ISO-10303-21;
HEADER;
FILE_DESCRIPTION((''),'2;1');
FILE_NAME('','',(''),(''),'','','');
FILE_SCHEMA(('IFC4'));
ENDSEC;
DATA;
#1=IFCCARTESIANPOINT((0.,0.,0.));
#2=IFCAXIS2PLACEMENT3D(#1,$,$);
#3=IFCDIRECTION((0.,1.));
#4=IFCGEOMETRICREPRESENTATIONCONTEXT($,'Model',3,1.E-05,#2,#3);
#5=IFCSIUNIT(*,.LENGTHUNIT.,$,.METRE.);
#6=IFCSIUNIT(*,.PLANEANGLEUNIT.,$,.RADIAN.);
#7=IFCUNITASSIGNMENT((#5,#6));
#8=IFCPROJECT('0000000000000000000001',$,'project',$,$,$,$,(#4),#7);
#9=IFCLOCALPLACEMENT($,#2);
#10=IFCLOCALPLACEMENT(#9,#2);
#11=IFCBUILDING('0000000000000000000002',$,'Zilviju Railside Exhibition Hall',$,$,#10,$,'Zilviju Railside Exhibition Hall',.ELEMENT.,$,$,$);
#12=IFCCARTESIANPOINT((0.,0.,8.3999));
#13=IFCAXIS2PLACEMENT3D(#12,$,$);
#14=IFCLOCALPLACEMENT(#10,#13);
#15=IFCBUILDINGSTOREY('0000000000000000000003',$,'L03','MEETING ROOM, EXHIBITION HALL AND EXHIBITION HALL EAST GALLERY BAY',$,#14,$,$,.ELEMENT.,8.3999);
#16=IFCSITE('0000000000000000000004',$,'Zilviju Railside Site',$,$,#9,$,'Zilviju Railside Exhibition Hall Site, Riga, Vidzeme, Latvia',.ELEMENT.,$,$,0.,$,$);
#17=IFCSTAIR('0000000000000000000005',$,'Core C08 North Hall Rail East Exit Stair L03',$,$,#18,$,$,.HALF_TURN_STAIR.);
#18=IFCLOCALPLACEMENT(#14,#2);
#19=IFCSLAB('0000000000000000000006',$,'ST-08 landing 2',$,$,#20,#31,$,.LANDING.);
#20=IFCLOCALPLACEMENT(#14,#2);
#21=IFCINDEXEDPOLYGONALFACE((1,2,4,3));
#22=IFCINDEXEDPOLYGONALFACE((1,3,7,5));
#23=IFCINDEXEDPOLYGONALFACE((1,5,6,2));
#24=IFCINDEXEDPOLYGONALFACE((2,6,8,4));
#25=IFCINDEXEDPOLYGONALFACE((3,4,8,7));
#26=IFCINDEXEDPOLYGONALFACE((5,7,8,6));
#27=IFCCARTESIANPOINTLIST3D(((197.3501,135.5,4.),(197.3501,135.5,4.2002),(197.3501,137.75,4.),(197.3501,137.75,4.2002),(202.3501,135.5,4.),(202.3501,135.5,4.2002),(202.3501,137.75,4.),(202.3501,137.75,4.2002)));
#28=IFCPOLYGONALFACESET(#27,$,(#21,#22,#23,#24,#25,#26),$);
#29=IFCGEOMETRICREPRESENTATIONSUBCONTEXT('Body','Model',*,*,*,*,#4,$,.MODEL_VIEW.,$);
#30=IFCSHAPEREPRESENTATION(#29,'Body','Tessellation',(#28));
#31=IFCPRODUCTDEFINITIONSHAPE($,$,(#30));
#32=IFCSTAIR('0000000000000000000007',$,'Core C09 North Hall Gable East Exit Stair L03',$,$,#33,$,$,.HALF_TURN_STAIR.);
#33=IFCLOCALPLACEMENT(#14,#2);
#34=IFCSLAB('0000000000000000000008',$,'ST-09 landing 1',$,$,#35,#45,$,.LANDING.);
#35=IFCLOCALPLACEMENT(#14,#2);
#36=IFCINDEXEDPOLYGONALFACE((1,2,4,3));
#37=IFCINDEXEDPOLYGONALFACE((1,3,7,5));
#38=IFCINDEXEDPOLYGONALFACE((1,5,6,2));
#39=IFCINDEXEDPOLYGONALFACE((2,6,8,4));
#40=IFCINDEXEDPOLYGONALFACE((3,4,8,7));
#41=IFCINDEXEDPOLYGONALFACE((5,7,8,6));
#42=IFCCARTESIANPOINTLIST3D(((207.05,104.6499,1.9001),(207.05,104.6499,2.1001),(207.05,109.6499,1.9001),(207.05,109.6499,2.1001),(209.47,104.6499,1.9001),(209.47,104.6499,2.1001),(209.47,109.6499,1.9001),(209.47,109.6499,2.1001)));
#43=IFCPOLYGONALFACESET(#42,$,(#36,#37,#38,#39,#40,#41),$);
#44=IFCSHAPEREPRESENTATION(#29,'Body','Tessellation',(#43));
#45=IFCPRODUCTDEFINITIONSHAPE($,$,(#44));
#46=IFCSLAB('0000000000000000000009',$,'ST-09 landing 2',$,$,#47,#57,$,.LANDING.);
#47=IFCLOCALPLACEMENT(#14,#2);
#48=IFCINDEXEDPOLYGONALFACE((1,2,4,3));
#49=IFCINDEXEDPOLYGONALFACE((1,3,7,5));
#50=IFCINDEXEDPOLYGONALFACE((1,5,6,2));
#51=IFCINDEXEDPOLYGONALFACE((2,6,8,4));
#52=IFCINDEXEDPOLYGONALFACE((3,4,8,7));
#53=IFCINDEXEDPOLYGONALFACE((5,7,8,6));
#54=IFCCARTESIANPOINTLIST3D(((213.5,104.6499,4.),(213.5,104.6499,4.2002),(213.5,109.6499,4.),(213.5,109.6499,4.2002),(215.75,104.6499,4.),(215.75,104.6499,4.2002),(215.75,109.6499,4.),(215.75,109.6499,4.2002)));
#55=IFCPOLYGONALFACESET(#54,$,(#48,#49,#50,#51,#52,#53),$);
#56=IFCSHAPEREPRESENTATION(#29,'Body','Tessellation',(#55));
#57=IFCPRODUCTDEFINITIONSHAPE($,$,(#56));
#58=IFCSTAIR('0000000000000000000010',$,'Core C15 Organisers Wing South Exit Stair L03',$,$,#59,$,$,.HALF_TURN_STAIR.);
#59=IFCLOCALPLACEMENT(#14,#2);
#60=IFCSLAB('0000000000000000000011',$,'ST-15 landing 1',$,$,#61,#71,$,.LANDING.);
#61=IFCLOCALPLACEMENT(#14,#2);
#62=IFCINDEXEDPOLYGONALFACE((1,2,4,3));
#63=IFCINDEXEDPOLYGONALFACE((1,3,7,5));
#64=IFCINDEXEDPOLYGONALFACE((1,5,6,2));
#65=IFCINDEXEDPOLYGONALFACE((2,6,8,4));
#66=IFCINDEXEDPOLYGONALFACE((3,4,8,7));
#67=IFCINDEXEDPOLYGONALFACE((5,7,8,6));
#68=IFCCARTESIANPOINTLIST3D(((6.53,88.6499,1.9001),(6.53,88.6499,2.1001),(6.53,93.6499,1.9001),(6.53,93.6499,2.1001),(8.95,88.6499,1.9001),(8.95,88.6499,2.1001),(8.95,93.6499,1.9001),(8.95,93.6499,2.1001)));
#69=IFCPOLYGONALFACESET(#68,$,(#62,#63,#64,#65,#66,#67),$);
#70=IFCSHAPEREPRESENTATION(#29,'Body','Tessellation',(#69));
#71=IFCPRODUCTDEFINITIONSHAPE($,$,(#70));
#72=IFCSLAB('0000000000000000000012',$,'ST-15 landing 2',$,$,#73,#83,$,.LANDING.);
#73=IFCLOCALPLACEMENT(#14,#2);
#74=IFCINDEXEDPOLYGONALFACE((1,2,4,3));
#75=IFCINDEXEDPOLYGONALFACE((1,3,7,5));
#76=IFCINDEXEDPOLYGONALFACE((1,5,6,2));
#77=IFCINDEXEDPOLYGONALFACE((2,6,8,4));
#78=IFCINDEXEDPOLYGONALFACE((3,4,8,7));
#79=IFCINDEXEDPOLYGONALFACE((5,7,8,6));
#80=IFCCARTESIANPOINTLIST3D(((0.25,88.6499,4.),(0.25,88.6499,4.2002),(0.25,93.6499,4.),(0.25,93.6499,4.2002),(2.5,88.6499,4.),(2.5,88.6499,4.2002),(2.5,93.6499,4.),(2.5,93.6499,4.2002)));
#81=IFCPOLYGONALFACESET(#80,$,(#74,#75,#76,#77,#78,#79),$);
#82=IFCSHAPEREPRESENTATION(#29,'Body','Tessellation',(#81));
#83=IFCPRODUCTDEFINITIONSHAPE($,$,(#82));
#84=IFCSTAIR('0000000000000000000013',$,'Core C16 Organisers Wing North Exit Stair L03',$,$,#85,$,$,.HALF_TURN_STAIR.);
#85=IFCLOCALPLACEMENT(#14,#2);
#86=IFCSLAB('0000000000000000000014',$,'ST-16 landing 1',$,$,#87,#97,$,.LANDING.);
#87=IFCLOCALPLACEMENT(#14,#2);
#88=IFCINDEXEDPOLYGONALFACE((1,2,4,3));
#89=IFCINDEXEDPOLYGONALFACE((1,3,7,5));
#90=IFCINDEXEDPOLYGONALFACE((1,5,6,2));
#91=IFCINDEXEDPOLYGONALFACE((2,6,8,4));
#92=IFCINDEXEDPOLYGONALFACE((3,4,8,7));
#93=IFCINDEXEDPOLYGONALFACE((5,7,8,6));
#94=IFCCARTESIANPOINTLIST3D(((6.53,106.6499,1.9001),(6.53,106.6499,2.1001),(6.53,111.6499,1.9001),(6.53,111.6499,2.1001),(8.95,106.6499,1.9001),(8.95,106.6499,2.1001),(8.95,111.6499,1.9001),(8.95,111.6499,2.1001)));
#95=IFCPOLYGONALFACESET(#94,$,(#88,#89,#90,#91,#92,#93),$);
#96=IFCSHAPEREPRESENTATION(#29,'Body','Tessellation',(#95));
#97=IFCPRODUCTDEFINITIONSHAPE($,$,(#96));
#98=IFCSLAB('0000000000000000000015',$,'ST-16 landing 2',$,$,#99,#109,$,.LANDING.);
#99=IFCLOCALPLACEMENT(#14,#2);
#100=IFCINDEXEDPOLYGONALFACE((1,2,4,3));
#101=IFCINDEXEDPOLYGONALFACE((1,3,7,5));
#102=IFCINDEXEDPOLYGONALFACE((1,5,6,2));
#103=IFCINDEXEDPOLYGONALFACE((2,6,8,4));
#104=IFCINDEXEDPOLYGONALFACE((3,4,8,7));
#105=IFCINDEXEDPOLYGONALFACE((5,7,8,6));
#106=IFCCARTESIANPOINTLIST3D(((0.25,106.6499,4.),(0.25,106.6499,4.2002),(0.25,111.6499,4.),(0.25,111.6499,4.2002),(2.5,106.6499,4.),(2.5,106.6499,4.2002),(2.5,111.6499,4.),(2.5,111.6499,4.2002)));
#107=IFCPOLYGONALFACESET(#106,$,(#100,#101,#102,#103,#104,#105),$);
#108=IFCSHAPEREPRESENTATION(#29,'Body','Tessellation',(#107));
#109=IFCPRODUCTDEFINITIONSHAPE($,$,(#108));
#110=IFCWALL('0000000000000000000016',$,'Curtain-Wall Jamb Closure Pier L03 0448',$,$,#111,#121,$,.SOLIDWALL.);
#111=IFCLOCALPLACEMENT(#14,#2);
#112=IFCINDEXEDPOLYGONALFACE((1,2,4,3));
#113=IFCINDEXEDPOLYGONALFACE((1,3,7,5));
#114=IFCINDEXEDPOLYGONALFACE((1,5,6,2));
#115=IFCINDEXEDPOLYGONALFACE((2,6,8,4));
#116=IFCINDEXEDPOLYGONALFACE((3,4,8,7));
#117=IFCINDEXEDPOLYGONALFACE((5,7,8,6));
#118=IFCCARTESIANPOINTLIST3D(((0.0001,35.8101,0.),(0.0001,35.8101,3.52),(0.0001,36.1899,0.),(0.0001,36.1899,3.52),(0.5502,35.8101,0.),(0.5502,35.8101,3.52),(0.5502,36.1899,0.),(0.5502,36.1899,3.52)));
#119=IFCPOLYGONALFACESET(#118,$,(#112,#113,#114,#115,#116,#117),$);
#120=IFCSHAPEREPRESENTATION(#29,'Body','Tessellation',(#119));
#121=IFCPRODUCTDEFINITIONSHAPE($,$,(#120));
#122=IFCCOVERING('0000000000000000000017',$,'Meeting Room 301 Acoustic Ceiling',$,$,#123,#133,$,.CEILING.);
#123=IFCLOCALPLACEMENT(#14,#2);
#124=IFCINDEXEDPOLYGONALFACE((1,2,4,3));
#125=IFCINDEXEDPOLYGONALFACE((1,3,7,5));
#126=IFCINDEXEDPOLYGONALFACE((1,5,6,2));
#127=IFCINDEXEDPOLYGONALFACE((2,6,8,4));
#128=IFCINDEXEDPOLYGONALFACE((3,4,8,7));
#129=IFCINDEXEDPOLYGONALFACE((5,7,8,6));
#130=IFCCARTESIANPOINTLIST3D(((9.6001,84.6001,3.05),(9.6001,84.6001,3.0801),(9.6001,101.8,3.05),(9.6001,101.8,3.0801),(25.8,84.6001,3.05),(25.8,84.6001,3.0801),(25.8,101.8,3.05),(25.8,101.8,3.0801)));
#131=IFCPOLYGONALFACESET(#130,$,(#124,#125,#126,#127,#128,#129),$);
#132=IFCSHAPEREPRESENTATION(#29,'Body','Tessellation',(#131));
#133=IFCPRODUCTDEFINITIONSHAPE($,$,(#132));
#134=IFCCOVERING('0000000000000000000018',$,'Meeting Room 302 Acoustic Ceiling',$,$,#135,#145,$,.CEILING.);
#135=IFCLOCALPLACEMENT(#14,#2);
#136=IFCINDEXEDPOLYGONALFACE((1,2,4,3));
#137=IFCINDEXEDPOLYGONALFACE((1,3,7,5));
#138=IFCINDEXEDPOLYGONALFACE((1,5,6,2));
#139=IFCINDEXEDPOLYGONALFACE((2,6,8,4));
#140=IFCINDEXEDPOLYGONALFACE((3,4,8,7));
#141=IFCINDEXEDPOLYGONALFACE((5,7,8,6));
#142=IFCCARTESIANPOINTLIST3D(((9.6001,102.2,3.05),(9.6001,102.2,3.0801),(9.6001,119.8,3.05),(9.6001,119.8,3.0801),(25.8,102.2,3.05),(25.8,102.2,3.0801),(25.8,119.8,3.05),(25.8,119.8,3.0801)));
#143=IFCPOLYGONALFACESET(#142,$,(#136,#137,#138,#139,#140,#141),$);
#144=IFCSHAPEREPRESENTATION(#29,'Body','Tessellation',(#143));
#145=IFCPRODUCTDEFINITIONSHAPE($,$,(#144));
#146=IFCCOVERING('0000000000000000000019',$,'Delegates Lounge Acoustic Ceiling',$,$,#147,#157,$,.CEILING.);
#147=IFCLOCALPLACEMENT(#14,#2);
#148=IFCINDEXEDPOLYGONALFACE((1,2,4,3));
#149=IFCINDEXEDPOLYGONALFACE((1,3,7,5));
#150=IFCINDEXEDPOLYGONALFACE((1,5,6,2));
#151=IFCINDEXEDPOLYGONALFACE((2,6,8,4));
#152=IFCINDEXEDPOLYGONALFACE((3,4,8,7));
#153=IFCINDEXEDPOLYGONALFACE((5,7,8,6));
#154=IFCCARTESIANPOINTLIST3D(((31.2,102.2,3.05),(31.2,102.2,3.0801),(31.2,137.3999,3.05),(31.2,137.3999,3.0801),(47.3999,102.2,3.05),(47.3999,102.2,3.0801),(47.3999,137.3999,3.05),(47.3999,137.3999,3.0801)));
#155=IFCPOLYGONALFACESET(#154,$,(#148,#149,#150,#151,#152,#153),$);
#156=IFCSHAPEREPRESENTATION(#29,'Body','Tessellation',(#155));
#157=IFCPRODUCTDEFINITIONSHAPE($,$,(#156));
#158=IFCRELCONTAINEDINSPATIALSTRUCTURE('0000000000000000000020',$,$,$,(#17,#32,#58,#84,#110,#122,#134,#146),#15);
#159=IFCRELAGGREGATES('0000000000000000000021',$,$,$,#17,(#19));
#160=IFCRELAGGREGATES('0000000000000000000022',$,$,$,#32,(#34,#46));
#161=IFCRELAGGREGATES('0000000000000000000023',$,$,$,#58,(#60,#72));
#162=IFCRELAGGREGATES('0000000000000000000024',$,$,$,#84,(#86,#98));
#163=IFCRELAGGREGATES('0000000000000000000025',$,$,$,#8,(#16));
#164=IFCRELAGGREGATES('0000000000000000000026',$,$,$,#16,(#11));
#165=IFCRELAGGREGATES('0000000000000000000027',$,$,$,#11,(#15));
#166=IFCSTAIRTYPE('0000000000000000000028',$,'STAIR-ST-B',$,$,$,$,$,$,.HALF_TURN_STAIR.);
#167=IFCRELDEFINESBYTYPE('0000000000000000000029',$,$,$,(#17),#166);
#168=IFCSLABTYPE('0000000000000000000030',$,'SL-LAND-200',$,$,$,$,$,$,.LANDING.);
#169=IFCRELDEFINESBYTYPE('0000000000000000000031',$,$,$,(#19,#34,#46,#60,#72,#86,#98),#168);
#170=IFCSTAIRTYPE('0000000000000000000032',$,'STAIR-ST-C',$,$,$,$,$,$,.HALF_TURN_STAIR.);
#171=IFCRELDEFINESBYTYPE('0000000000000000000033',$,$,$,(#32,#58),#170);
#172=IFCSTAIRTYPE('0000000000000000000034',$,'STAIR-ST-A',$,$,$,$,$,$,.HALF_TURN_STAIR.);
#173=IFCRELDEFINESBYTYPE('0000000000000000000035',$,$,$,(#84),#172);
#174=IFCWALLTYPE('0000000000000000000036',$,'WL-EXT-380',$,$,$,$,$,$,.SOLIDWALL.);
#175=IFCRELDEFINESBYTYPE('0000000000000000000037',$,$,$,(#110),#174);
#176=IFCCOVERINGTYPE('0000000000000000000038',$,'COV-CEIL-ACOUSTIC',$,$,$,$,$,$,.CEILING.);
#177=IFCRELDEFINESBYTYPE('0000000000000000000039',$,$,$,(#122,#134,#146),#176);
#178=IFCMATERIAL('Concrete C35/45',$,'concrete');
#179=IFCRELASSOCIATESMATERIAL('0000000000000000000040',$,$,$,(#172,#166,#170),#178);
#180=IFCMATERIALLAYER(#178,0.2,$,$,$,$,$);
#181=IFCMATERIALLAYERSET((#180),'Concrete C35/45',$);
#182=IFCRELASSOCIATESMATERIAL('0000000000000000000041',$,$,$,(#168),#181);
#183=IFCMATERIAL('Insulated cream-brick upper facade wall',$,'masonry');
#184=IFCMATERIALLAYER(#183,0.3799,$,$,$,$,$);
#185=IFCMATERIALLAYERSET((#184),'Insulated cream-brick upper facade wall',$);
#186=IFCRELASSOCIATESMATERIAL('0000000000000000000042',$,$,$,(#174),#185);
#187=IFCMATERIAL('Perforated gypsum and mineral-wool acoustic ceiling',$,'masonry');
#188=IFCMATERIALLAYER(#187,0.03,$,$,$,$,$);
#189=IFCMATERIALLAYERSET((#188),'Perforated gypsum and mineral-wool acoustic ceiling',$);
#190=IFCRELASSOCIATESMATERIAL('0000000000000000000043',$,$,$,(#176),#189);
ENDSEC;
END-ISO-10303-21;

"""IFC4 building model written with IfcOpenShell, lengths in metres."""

from ifc_helpers import new_model, si_unit, direction, frame, frame_2d, origin, place, context, subcontext, project, spatial, polyline, rectangle, outline, extrude, material, layer, layer_set, type_object, element, aggregate, save


model = new_model("IFC4")

# Units and contexts
model_context = context("Model", 3, precision=1e-05, world=origin(), true_north=direction((0.0, 1.0)))
body_context = subcontext(model_context, "Body", "Model", "MODEL_VIEW")
ifc_project = project(units=[si_unit("LENGTHUNIT", "METRE"), si_unit("PLANEANGLEUNIT", "RADIAN")], contexts=[model_context])

# Site, building, storey
site_placement = place(None, origin())
site = spatial("IfcSite", under=ifc_project, at=site_placement, Name="Zilviju Railside Site", LongName="Zilviju Railside Exhibition Hall Site, Riga, Vidzeme, Latvia", CompositionType="ELEMENT", RefElevation=0.0)
building_placement = place(site_placement, origin())
building = spatial("IfcBuilding", under=site, at=building_placement, Name="Zilviju Railside Exhibition Hall", LongName="Zilviju Railside Exhibition Hall", CompositionType="ELEMENT")
storey_placement = place(building_placement, frame((0.0, 0.0, 8.3999)))
storey = spatial("IfcBuildingStorey", under=building, at=storey_placement, Name="L03", Description="MEETING ROOM, EXHIBITION HALL AND EXHIBITION HALL EAST GALLERY BAY", CompositionType="ELEMENT", Elevation=8.3999)

# Shared definitions
ifc_material_1 = material(Name="Concrete C35/45", Category="concrete")
stair_type_1 = type_object("IfcStairType", Name="STAIR-ST-A", PredefinedType="HALF_TURN_STAIR", material=ifc_material_1)
ifc_layer_1 = layer(ifc_material_1, 0.2)
ifc_layer_set_1 = layer_set([ifc_layer_1], Name="Concrete C35/45")
slab_type = type_object("IfcSlabType", Name="SL-LAND-200", PredefinedType="LANDING", material=ifc_layer_set_1)

# Stairs, slabs
stair_type_2 = type_object("IfcStairType", Name="STAIR-ST-B", PredefinedType="HALF_TURN_STAIR", material=ifc_material_1)
stair_1_placement = place(storey_placement, origin())
stair_1 = element("IfcStair", 1, at=stair_1_placement, inside=storey, type_object=stair_type_2, Name="Core C08 North Hall Rail East Exit Stair L03", PredefinedType="HALF_TURN_STAIR")
slab_1_placement = place(storey_placement, frame((0.0, 0.0, 4.0)))
slab_1 = element("IfcSlab", 2, at=slab_1_placement, type_object=slab_type, Name="ST-08 landing 2", PredefinedType="LANDING", context=body_context, shape_type="SweptSolid", body=[
    extrude(outline(polyline([(202.3501, 137.75), (197.3501, 137.75), (197.3501, 135.5), (202.3501, 135.5), (202.3501, 137.75)])), origin(), (0.0, 0.0, 1.0), 0.2002),
])
aggregate(stair_1, [slab_1])
stair_type_3 = type_object("IfcStairType", Name="STAIR-ST-C", PredefinedType="HALF_TURN_STAIR", material=ifc_material_1)
stair_2_placement = place(storey_placement, origin())
stair_2 = element("IfcStair", 3, at=stair_2_placement, inside=storey, type_object=stair_type_3, Name="Core C09 North Hall Gable East Exit Stair L03", PredefinedType="HALF_TURN_STAIR")
slab_2_placement = place(storey_placement, frame((0.0, 0.0, 1.9001)))
slab_2 = element("IfcSlab", 4, at=slab_2_placement, type_object=slab_type, Name="ST-09 landing 1", PredefinedType="LANDING", context=body_context, shape_type="SweptSolid", body=[
    extrude(outline(polyline([(209.47, 104.6499), (209.47, 109.6499), (207.05, 109.6499), (207.05, 104.6499), (209.47, 104.6499)])), origin(), (0.0, 0.0, 1.0), 0.2),
])
slab_3_placement = place(storey_placement, frame((0.0, 0.0, 4.0)))
slab_3 = element("IfcSlab", 5, at=slab_3_placement, type_object=slab_type, Name="ST-09 landing 2", PredefinedType="LANDING", context=body_context, shape_type="SweptSolid", body=[
    extrude(outline(polyline([(215.75, 104.6499), (215.75, 109.6499), (213.5, 109.6499), (213.5, 104.6499), (215.75, 104.6499)])), origin(), (0.0, 0.0, 1.0), 0.2002),
])
aggregate(stair_2, [slab_2, slab_3])
stair_3_placement = place(storey_placement, origin())
stair_3 = element("IfcStair", 6, at=stair_3_placement, inside=storey, type_object=stair_type_3, Name="Core C15 Organisers Wing South Exit Stair L03", PredefinedType="HALF_TURN_STAIR")
slab_4_placement = place(storey_placement, frame((0.0, 0.0, 1.9001)))
slab_4 = element("IfcSlab", 7, at=slab_4_placement, type_object=slab_type, Name="ST-15 landing 1", PredefinedType="LANDING", context=body_context, shape_type="SweptSolid", body=[
    extrude(outline(polyline([(6.53, 88.6499), (6.53, 93.6499), (8.95, 93.6499), (8.95, 88.6499), (6.53, 88.6499)])), origin(), (0.0, 0.0, 1.0), 0.2),
])
slab_5_placement = place(storey_placement, frame((0.0, 0.0, 4.0)))
slab_5 = element("IfcSlab", 8, at=slab_5_placement, type_object=slab_type, Name="ST-15 landing 2", PredefinedType="LANDING", context=body_context, shape_type="SweptSolid", body=[
    extrude(outline(polyline([(0.25, 88.6499), (0.25, 93.6499), (2.5, 93.6499), (2.5, 88.6499), (0.25, 88.6499)])), origin(), (0.0, 0.0, 1.0), 0.2002),
])
aggregate(stair_3, [slab_4, slab_5])
stair_4_placement = place(storey_placement, origin())
stair_4 = element("IfcStair", 9, at=stair_4_placement, inside=storey, type_object=stair_type_1, Name="Core C16 Organisers Wing North Exit Stair L03", PredefinedType="HALF_TURN_STAIR")
slab_6_placement = place(storey_placement, frame((0.0, 0.0, 1.9001)))
slab_6 = element("IfcSlab", 10, at=slab_6_placement, type_object=slab_type, Name="ST-16 landing 1", PredefinedType="LANDING", context=body_context, shape_type="SweptSolid", body=[
    extrude(outline(polyline([(6.53, 106.6499), (6.53, 111.6499), (8.95, 111.6499), (8.95, 106.6499), (6.53, 106.6499)])), origin(), (0.0, 0.0, 1.0), 0.2),
])
slab_7_placement = place(storey_placement, frame((0.0, 0.0, 4.0)))
slab_7 = element("IfcSlab", 11, at=slab_7_placement, type_object=slab_type, Name="ST-16 landing 2", PredefinedType="LANDING", context=body_context, shape_type="SweptSolid", body=[
    extrude(outline(polyline([(0.25, 106.6499), (0.25, 111.6499), (2.5, 111.6499), (2.5, 106.6499), (0.25, 106.6499)])), origin(), (0.0, 0.0, 1.0), 0.2002),
])
aggregate(stair_4, [slab_6, slab_7])

# Wall
ifc_material_2 = material(Name="Insulated cream-brick upper facade wall", Category="masonry")
ifc_layer_2 = layer(ifc_material_2, 0.3799)
ifc_layer_set_2 = layer_set([ifc_layer_2], Name="Insulated cream-brick upper facade wall")
wall_type = type_object("IfcWallType", Name="WL-EXT-380", PredefinedType="SOLIDWALL", material=ifc_layer_set_2)
wall_placement = place(storey_placement, frame((0.55, 36.0, 0.0), z_axis=(0.0, 0.0, 1.0), x_axis=(-1.0, 0.0, 0.0)))
element("IfcWall", 12, at=wall_placement, inside=storey, type_object=wall_type, Name="Curtain-Wall Jamb Closure Pier L03 0448", PredefinedType="SOLIDWALL", context=body_context, shape_type="SweptSolid", body=[
    extrude(rectangle(XDim=0.55, YDim=0.3799, at=frame_2d((0.2749, 0.0))), origin(), (0.0, 0.0, 1.0), 3.52),
])

# Coverings
ifc_material_3 = material(Name="Perforated gypsum and mineral-wool acoustic ceiling", Category="masonry")
ifc_layer_3 = layer(ifc_material_3, 0.03)
ifc_layer_set_3 = layer_set([ifc_layer_3], Name="Perforated gypsum and mineral-wool acoustic ceiling")
covering_type = type_object("IfcCoveringType", Name="COV-CEIL-ACOUSTIC", PredefinedType="CEILING", material=ifc_layer_set_3)
covering_1_placement = place(storey_placement, frame((0.0, 0.0, 3.05)))
element("IfcCovering", 13, at=covering_1_placement, inside=storey, type_object=covering_type, Name="Meeting Room 301 Acoustic Ceiling", PredefinedType="CEILING", context=body_context, shape_type="SweptSolid", body=[
    extrude(outline(polyline([(9.6001, 84.6001), (25.8, 84.6001), (25.8, 101.8), (9.6001, 101.8), (9.6001, 84.6001)])), origin(), (0.0, 0.0, 1.0), 0.03),
])
covering_2_placement = place(storey_placement, frame((0.0, 0.0, 3.05)))
element("IfcCovering", 14, at=covering_2_placement, inside=storey, type_object=covering_type, Name="Meeting Room 302 Acoustic Ceiling", PredefinedType="CEILING", context=body_context, shape_type="SweptSolid", body=[
    extrude(outline(polyline([(9.6001, 102.2), (25.8, 102.2), (25.8, 119.8), (9.6001, 119.8), (9.6001, 102.2)])), origin(), (0.0, 0.0, 1.0), 0.03),
])
covering_3_placement = place(storey_placement, frame((0.0, 0.0, 3.05)))
element("IfcCovering", 15, at=covering_3_placement, inside=storey, type_object=covering_type, Name="Delegates Lounge Acoustic Ceiling", PredefinedType="CEILING", context=body_context, shape_type="SweptSolid", body=[
    extrude(outline(polyline([(31.2, 102.2), (47.3999, 102.2), (47.3999, 137.3999), (31.2, 137.3999), (31.2, 102.2)])), origin(), (0.0, 0.0, 1.0), 0.03),
])

save(model, "model.ifc")
